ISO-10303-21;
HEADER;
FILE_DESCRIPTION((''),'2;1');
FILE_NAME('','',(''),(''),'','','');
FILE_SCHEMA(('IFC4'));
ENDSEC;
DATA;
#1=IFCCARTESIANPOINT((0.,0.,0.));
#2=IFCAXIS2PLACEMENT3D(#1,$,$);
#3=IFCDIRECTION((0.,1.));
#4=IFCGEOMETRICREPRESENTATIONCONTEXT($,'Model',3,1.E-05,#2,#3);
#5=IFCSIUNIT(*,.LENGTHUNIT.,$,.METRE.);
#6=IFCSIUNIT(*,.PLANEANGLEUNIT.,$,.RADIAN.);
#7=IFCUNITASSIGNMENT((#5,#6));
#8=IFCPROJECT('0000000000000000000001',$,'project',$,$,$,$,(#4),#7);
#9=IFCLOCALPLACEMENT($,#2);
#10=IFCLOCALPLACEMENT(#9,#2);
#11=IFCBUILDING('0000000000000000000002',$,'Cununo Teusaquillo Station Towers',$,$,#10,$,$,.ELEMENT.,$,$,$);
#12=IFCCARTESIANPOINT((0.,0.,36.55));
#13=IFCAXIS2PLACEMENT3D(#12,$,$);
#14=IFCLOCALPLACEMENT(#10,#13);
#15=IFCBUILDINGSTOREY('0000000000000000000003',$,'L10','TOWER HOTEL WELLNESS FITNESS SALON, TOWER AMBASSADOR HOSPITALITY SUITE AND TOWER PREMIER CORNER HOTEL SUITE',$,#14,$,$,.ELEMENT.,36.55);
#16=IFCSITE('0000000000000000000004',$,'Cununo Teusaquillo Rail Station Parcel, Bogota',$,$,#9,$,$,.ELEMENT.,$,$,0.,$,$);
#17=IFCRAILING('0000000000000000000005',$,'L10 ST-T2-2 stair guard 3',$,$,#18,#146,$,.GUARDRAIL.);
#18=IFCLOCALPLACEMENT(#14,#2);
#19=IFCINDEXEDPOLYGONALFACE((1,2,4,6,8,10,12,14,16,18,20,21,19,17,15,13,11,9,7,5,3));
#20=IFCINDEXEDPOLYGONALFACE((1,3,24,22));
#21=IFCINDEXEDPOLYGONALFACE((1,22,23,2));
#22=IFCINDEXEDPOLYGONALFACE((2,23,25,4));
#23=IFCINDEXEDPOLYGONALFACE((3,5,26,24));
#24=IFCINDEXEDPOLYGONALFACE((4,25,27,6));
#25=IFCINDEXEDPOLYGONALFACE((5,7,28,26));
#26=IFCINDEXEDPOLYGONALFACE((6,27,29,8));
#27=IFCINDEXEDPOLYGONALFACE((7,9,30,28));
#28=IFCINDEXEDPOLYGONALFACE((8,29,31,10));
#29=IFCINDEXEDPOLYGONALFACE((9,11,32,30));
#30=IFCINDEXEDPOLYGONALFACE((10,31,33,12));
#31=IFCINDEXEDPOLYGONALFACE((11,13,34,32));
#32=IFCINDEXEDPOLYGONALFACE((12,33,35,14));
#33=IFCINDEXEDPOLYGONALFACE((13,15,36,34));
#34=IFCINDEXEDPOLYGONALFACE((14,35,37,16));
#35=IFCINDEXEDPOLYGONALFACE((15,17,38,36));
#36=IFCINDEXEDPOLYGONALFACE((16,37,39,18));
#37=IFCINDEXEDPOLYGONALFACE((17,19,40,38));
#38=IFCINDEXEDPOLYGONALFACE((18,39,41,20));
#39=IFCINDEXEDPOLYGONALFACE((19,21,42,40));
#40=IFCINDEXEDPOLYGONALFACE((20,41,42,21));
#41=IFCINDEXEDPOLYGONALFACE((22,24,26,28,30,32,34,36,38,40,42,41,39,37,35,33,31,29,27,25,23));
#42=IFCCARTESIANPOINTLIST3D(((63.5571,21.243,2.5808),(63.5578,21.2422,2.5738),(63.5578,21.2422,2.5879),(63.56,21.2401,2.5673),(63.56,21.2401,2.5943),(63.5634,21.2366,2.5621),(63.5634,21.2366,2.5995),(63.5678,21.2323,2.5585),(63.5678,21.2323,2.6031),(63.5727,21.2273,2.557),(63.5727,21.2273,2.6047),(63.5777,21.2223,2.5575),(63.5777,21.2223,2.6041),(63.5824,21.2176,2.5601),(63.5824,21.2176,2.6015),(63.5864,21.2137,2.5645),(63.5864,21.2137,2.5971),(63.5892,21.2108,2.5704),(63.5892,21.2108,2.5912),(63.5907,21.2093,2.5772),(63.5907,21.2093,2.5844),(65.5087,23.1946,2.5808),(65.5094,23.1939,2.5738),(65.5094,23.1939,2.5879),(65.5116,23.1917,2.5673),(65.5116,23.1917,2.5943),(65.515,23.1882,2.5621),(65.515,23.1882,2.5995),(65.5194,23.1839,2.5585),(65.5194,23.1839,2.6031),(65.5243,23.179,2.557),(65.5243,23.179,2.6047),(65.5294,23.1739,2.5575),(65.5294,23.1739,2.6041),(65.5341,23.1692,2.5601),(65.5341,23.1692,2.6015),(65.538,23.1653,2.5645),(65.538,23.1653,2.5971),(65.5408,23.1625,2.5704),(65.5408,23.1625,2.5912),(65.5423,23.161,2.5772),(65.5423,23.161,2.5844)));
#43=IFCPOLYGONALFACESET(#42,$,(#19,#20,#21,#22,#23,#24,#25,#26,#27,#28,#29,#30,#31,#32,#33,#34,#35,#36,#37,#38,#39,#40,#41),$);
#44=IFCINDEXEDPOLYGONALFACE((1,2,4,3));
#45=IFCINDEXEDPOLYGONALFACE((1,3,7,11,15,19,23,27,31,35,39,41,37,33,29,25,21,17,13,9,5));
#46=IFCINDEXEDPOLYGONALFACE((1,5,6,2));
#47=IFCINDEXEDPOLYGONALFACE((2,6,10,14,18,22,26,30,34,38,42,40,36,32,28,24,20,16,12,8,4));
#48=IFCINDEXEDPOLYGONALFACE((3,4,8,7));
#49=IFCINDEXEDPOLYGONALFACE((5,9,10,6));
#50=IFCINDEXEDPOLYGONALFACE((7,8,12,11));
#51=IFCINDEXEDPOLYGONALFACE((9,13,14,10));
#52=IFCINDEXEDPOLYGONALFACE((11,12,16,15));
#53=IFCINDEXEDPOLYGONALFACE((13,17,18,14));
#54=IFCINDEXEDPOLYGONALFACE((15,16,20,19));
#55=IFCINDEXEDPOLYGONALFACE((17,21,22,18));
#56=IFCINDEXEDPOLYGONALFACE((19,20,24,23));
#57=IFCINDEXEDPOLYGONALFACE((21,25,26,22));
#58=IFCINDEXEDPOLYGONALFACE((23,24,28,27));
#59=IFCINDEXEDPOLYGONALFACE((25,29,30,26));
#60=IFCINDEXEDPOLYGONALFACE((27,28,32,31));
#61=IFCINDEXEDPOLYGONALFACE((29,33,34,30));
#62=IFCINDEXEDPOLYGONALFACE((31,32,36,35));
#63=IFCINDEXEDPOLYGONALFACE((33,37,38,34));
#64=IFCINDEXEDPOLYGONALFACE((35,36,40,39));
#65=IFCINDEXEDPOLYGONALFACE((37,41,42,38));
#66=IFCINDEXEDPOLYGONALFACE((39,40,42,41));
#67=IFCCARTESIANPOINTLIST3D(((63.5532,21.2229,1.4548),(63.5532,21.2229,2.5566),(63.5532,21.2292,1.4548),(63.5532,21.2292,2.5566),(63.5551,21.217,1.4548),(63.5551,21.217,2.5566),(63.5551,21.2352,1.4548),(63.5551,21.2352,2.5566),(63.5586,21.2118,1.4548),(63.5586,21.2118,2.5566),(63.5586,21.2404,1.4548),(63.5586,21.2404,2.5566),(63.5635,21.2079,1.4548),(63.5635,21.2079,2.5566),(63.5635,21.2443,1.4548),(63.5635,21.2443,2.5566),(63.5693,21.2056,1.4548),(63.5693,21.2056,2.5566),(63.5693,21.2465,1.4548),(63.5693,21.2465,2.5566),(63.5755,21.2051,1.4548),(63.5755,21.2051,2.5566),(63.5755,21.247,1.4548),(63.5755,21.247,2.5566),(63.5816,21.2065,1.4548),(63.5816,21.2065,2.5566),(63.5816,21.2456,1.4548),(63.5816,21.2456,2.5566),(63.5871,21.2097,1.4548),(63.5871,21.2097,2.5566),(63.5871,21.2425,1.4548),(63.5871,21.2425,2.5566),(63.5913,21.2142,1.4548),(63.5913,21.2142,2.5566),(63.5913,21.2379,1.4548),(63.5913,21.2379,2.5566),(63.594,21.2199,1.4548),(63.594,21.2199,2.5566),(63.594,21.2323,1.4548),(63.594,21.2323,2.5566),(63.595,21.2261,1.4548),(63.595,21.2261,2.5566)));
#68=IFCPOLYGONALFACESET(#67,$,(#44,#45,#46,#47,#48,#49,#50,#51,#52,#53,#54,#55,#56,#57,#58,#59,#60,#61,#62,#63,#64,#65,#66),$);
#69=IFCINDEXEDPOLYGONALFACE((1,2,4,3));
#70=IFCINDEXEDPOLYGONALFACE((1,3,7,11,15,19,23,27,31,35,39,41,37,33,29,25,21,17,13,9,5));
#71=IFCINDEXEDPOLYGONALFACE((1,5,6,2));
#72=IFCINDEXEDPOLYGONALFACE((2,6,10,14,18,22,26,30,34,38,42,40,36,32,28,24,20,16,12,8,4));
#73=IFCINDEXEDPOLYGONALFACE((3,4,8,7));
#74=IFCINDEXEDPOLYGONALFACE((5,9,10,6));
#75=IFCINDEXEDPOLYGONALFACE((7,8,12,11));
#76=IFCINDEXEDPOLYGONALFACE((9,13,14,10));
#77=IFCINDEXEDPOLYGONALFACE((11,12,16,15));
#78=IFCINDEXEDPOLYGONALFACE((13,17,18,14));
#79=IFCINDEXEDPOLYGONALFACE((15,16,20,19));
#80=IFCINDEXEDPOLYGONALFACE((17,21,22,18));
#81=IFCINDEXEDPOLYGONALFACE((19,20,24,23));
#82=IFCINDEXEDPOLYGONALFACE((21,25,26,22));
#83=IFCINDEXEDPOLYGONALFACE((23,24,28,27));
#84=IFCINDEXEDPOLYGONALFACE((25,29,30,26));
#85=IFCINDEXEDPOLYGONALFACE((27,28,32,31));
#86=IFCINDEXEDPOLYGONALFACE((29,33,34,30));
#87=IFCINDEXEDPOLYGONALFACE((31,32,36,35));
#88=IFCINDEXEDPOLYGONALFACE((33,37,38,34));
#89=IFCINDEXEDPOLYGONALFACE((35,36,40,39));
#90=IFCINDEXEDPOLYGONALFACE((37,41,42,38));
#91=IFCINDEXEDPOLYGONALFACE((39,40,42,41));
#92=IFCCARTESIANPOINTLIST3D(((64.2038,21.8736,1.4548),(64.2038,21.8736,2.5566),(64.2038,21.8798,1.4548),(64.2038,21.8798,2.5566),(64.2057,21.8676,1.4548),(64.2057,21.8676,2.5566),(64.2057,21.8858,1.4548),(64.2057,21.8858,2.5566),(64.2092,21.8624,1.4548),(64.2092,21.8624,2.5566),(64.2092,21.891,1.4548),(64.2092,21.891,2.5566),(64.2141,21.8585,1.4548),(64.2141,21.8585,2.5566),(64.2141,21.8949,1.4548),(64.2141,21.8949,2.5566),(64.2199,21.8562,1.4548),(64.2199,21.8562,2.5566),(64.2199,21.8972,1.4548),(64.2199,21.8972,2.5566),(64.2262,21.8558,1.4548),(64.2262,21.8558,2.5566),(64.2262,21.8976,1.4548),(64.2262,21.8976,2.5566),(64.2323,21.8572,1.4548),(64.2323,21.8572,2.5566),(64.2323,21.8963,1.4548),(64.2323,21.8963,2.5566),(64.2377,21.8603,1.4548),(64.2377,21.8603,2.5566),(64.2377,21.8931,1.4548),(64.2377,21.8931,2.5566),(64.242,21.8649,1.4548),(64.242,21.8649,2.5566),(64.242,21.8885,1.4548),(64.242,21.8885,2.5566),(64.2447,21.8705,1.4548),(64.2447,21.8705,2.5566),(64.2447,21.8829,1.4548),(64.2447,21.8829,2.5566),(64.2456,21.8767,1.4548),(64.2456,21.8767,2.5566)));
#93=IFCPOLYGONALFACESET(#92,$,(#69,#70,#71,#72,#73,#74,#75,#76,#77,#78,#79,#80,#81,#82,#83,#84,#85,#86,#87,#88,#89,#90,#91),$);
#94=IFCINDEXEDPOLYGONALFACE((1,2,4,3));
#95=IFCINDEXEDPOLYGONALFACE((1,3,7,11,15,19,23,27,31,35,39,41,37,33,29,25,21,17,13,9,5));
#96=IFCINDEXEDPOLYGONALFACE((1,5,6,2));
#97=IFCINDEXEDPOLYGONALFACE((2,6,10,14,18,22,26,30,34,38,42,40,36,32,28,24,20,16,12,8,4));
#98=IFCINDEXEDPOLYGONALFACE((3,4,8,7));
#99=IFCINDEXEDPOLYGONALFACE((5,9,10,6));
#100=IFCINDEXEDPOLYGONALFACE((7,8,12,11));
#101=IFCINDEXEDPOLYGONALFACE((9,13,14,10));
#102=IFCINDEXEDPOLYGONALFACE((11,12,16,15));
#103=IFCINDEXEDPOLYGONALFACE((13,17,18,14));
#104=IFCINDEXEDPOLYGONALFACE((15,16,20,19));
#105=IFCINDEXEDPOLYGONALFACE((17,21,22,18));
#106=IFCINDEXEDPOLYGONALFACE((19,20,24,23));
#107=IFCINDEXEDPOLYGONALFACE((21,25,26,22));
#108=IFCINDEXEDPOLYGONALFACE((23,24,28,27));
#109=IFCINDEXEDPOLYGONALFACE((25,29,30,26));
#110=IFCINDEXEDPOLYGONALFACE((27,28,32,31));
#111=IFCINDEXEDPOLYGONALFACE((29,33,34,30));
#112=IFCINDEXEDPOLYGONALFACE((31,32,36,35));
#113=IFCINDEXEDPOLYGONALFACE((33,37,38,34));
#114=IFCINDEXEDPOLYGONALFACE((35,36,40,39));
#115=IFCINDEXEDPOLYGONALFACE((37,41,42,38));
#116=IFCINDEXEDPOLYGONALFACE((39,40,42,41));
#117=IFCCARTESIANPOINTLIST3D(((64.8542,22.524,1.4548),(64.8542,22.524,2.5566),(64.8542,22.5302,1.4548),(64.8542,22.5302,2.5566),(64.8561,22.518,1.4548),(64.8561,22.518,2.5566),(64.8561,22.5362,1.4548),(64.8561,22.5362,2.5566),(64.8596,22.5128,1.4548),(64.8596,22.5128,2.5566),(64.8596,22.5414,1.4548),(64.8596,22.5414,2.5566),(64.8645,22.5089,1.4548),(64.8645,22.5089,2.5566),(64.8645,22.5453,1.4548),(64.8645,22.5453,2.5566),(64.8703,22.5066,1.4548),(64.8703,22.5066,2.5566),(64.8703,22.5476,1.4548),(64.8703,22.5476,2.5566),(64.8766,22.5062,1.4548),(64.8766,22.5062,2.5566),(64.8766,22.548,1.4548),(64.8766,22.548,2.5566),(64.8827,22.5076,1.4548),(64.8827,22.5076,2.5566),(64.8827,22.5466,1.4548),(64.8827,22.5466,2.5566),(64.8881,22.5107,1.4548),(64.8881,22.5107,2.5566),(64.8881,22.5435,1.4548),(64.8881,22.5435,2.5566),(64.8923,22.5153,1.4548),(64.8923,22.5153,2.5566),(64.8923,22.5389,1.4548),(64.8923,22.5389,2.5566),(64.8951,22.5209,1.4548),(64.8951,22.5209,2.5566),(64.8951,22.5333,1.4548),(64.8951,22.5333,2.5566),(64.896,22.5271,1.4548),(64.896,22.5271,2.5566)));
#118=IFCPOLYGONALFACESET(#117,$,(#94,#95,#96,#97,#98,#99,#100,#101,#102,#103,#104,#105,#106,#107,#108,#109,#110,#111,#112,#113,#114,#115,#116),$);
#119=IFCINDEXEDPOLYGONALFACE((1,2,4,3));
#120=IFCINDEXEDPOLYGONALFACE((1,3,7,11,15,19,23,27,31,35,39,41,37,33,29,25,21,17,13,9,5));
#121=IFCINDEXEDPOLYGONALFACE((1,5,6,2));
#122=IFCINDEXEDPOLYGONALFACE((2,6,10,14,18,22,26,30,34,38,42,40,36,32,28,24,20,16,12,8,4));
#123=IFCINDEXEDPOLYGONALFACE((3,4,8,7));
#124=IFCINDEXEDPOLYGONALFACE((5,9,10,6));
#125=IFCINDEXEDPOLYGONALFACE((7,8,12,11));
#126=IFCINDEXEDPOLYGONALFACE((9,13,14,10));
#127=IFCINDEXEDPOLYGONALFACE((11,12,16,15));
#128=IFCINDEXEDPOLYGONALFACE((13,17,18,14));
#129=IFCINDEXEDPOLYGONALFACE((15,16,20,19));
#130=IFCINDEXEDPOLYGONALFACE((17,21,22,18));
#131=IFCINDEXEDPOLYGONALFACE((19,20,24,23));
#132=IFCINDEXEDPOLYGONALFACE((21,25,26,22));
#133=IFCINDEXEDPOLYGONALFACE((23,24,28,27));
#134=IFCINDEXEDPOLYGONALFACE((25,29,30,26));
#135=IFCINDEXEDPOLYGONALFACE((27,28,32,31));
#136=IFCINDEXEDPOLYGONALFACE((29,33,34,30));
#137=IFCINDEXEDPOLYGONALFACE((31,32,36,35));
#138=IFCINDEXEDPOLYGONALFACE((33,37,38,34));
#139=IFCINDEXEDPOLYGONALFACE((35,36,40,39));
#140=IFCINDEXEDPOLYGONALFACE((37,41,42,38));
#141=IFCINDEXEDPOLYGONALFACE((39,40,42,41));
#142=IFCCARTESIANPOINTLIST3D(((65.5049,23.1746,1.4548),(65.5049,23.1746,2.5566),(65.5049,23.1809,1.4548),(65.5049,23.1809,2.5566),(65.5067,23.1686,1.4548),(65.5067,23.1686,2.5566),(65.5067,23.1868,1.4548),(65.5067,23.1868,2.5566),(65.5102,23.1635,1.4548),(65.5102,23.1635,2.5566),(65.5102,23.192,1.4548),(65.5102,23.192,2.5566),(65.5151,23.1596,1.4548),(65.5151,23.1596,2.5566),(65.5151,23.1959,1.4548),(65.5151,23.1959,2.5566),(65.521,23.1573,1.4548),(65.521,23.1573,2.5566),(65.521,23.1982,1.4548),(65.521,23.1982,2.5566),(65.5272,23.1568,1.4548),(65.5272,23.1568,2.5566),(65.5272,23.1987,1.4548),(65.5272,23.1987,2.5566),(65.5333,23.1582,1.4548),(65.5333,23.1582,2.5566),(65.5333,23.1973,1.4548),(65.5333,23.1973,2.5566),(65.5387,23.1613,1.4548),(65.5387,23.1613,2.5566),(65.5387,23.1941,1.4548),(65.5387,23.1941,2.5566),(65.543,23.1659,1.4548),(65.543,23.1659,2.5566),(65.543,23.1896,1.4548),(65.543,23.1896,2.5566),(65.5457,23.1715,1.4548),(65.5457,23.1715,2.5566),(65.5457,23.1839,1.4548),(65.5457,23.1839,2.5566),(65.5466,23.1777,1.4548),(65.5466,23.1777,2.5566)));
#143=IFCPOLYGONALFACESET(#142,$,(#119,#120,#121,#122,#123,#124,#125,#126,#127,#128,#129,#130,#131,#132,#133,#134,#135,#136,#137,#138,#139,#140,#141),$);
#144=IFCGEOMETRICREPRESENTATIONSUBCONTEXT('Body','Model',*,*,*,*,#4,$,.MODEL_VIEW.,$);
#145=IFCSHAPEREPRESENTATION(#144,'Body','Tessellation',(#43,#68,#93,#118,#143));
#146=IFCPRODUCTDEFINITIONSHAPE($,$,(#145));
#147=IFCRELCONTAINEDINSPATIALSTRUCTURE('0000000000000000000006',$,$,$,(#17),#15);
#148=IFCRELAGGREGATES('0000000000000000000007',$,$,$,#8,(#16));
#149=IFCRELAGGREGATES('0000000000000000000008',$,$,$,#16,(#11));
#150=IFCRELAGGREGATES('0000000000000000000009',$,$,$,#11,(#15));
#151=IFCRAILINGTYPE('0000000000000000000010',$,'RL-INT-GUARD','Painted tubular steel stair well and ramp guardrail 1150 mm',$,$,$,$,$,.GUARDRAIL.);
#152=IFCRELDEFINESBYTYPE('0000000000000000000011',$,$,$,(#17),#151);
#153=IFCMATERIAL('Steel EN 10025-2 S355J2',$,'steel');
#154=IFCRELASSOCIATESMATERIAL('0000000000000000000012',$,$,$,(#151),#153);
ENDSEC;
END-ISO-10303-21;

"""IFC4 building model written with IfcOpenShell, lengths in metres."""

from ifc_helpers import new_model, si_unit, direction, frame, origin, origin_2d, place, context, subcontext, project, spatial, circle, extrude, material, type_object, element, save


model = new_model("IFC4")

# Units and contexts
model_context = context("Model", 3, precision=1e-05, world=origin(), true_north=direction((0.0, 1.0)))
body_context = subcontext(model_context, "Body", "Model", "MODEL_VIEW")
ifc_project = project(units=[si_unit("LENGTHUNIT", "METRE"), si_unit("PLANEANGLEUNIT", "RADIAN")], contexts=[model_context])

# Site, building, storey
site_placement = place(None, origin())
site = spatial("IfcSite", under=ifc_project, at=site_placement, Name="Cununo Teusaquillo Rail Station Parcel, Bogota", CompositionType="ELEMENT", RefElevation=0.0)
building_placement = place(site_placement, origin())
building = spatial("IfcBuilding", under=site, at=building_placement, Name="Cununo Teusaquillo Station Towers", CompositionType="ELEMENT")
storey_placement = place(building_placement, frame((0.0, 0.0, 36.55)))
storey = spatial("IfcBuildingStorey", under=building, at=storey_placement, Name="L10", Description="TOWER HOTEL WELLNESS FITNESS SALON, TOWER AMBASSADOR HOSPITALITY SUITE AND TOWER PREMIER CORNER HOTEL SUITE", CompositionType="ELEMENT", Elevation=36.55)

# Railing
ifc_material_1 = material(Name="Steel EN 10025-2 S355J2", Category="steel")
railing_type = type_object("IfcRailingType", Name="RL-INT-GUARD", Description="Painted tubular steel stair well and ramp guardrail 1150 mm", PredefinedType="GUARDRAIL", material=ifc_material_1)
railing_1_placement = place(storey_placement, frame((63.574, 21.2261, 1.4548)))
element("IfcRailing", 1, at=railing_1_placement, inside=storey, type_object=railing_type, Name="L10 ST-T2-2 stair guard 3", PredefinedType="GUARDRAIL", context=body_context, shape_type="SweptSolid", body=[
    extrude(circle(Radius=0.0239, at=origin_2d()), frame((0.0, 0.0, 1.126), z_axis=(0.707107, 0.707107, 0.0), x_axis=(-0.707107, 0.707107, 0.0)), (0.0, 0.0, 1.0), 2.76),
    extrude(circle(Radius=0.021, at=origin_2d()), origin(), (0.0, 0.0, 1.0), 1.1018),
    extrude(circle(Radius=0.021, at=origin_2d()), frame((0.6506, 0.6506, 0.0)), (0.0, 0.0, 1.0), 1.1018),
    extrude(circle(Radius=0.021, at=origin_2d()), frame((1.301, 1.301, 0.0)), (0.0, 0.0, 1.0), 1.1018),
    extrude(circle(Radius=0.021, at=origin_2d()), frame((1.9517, 1.9517, 0.0)), (0.0, 0.0, 1.0), 1.1018),
])

save(model, "model.ifc")
